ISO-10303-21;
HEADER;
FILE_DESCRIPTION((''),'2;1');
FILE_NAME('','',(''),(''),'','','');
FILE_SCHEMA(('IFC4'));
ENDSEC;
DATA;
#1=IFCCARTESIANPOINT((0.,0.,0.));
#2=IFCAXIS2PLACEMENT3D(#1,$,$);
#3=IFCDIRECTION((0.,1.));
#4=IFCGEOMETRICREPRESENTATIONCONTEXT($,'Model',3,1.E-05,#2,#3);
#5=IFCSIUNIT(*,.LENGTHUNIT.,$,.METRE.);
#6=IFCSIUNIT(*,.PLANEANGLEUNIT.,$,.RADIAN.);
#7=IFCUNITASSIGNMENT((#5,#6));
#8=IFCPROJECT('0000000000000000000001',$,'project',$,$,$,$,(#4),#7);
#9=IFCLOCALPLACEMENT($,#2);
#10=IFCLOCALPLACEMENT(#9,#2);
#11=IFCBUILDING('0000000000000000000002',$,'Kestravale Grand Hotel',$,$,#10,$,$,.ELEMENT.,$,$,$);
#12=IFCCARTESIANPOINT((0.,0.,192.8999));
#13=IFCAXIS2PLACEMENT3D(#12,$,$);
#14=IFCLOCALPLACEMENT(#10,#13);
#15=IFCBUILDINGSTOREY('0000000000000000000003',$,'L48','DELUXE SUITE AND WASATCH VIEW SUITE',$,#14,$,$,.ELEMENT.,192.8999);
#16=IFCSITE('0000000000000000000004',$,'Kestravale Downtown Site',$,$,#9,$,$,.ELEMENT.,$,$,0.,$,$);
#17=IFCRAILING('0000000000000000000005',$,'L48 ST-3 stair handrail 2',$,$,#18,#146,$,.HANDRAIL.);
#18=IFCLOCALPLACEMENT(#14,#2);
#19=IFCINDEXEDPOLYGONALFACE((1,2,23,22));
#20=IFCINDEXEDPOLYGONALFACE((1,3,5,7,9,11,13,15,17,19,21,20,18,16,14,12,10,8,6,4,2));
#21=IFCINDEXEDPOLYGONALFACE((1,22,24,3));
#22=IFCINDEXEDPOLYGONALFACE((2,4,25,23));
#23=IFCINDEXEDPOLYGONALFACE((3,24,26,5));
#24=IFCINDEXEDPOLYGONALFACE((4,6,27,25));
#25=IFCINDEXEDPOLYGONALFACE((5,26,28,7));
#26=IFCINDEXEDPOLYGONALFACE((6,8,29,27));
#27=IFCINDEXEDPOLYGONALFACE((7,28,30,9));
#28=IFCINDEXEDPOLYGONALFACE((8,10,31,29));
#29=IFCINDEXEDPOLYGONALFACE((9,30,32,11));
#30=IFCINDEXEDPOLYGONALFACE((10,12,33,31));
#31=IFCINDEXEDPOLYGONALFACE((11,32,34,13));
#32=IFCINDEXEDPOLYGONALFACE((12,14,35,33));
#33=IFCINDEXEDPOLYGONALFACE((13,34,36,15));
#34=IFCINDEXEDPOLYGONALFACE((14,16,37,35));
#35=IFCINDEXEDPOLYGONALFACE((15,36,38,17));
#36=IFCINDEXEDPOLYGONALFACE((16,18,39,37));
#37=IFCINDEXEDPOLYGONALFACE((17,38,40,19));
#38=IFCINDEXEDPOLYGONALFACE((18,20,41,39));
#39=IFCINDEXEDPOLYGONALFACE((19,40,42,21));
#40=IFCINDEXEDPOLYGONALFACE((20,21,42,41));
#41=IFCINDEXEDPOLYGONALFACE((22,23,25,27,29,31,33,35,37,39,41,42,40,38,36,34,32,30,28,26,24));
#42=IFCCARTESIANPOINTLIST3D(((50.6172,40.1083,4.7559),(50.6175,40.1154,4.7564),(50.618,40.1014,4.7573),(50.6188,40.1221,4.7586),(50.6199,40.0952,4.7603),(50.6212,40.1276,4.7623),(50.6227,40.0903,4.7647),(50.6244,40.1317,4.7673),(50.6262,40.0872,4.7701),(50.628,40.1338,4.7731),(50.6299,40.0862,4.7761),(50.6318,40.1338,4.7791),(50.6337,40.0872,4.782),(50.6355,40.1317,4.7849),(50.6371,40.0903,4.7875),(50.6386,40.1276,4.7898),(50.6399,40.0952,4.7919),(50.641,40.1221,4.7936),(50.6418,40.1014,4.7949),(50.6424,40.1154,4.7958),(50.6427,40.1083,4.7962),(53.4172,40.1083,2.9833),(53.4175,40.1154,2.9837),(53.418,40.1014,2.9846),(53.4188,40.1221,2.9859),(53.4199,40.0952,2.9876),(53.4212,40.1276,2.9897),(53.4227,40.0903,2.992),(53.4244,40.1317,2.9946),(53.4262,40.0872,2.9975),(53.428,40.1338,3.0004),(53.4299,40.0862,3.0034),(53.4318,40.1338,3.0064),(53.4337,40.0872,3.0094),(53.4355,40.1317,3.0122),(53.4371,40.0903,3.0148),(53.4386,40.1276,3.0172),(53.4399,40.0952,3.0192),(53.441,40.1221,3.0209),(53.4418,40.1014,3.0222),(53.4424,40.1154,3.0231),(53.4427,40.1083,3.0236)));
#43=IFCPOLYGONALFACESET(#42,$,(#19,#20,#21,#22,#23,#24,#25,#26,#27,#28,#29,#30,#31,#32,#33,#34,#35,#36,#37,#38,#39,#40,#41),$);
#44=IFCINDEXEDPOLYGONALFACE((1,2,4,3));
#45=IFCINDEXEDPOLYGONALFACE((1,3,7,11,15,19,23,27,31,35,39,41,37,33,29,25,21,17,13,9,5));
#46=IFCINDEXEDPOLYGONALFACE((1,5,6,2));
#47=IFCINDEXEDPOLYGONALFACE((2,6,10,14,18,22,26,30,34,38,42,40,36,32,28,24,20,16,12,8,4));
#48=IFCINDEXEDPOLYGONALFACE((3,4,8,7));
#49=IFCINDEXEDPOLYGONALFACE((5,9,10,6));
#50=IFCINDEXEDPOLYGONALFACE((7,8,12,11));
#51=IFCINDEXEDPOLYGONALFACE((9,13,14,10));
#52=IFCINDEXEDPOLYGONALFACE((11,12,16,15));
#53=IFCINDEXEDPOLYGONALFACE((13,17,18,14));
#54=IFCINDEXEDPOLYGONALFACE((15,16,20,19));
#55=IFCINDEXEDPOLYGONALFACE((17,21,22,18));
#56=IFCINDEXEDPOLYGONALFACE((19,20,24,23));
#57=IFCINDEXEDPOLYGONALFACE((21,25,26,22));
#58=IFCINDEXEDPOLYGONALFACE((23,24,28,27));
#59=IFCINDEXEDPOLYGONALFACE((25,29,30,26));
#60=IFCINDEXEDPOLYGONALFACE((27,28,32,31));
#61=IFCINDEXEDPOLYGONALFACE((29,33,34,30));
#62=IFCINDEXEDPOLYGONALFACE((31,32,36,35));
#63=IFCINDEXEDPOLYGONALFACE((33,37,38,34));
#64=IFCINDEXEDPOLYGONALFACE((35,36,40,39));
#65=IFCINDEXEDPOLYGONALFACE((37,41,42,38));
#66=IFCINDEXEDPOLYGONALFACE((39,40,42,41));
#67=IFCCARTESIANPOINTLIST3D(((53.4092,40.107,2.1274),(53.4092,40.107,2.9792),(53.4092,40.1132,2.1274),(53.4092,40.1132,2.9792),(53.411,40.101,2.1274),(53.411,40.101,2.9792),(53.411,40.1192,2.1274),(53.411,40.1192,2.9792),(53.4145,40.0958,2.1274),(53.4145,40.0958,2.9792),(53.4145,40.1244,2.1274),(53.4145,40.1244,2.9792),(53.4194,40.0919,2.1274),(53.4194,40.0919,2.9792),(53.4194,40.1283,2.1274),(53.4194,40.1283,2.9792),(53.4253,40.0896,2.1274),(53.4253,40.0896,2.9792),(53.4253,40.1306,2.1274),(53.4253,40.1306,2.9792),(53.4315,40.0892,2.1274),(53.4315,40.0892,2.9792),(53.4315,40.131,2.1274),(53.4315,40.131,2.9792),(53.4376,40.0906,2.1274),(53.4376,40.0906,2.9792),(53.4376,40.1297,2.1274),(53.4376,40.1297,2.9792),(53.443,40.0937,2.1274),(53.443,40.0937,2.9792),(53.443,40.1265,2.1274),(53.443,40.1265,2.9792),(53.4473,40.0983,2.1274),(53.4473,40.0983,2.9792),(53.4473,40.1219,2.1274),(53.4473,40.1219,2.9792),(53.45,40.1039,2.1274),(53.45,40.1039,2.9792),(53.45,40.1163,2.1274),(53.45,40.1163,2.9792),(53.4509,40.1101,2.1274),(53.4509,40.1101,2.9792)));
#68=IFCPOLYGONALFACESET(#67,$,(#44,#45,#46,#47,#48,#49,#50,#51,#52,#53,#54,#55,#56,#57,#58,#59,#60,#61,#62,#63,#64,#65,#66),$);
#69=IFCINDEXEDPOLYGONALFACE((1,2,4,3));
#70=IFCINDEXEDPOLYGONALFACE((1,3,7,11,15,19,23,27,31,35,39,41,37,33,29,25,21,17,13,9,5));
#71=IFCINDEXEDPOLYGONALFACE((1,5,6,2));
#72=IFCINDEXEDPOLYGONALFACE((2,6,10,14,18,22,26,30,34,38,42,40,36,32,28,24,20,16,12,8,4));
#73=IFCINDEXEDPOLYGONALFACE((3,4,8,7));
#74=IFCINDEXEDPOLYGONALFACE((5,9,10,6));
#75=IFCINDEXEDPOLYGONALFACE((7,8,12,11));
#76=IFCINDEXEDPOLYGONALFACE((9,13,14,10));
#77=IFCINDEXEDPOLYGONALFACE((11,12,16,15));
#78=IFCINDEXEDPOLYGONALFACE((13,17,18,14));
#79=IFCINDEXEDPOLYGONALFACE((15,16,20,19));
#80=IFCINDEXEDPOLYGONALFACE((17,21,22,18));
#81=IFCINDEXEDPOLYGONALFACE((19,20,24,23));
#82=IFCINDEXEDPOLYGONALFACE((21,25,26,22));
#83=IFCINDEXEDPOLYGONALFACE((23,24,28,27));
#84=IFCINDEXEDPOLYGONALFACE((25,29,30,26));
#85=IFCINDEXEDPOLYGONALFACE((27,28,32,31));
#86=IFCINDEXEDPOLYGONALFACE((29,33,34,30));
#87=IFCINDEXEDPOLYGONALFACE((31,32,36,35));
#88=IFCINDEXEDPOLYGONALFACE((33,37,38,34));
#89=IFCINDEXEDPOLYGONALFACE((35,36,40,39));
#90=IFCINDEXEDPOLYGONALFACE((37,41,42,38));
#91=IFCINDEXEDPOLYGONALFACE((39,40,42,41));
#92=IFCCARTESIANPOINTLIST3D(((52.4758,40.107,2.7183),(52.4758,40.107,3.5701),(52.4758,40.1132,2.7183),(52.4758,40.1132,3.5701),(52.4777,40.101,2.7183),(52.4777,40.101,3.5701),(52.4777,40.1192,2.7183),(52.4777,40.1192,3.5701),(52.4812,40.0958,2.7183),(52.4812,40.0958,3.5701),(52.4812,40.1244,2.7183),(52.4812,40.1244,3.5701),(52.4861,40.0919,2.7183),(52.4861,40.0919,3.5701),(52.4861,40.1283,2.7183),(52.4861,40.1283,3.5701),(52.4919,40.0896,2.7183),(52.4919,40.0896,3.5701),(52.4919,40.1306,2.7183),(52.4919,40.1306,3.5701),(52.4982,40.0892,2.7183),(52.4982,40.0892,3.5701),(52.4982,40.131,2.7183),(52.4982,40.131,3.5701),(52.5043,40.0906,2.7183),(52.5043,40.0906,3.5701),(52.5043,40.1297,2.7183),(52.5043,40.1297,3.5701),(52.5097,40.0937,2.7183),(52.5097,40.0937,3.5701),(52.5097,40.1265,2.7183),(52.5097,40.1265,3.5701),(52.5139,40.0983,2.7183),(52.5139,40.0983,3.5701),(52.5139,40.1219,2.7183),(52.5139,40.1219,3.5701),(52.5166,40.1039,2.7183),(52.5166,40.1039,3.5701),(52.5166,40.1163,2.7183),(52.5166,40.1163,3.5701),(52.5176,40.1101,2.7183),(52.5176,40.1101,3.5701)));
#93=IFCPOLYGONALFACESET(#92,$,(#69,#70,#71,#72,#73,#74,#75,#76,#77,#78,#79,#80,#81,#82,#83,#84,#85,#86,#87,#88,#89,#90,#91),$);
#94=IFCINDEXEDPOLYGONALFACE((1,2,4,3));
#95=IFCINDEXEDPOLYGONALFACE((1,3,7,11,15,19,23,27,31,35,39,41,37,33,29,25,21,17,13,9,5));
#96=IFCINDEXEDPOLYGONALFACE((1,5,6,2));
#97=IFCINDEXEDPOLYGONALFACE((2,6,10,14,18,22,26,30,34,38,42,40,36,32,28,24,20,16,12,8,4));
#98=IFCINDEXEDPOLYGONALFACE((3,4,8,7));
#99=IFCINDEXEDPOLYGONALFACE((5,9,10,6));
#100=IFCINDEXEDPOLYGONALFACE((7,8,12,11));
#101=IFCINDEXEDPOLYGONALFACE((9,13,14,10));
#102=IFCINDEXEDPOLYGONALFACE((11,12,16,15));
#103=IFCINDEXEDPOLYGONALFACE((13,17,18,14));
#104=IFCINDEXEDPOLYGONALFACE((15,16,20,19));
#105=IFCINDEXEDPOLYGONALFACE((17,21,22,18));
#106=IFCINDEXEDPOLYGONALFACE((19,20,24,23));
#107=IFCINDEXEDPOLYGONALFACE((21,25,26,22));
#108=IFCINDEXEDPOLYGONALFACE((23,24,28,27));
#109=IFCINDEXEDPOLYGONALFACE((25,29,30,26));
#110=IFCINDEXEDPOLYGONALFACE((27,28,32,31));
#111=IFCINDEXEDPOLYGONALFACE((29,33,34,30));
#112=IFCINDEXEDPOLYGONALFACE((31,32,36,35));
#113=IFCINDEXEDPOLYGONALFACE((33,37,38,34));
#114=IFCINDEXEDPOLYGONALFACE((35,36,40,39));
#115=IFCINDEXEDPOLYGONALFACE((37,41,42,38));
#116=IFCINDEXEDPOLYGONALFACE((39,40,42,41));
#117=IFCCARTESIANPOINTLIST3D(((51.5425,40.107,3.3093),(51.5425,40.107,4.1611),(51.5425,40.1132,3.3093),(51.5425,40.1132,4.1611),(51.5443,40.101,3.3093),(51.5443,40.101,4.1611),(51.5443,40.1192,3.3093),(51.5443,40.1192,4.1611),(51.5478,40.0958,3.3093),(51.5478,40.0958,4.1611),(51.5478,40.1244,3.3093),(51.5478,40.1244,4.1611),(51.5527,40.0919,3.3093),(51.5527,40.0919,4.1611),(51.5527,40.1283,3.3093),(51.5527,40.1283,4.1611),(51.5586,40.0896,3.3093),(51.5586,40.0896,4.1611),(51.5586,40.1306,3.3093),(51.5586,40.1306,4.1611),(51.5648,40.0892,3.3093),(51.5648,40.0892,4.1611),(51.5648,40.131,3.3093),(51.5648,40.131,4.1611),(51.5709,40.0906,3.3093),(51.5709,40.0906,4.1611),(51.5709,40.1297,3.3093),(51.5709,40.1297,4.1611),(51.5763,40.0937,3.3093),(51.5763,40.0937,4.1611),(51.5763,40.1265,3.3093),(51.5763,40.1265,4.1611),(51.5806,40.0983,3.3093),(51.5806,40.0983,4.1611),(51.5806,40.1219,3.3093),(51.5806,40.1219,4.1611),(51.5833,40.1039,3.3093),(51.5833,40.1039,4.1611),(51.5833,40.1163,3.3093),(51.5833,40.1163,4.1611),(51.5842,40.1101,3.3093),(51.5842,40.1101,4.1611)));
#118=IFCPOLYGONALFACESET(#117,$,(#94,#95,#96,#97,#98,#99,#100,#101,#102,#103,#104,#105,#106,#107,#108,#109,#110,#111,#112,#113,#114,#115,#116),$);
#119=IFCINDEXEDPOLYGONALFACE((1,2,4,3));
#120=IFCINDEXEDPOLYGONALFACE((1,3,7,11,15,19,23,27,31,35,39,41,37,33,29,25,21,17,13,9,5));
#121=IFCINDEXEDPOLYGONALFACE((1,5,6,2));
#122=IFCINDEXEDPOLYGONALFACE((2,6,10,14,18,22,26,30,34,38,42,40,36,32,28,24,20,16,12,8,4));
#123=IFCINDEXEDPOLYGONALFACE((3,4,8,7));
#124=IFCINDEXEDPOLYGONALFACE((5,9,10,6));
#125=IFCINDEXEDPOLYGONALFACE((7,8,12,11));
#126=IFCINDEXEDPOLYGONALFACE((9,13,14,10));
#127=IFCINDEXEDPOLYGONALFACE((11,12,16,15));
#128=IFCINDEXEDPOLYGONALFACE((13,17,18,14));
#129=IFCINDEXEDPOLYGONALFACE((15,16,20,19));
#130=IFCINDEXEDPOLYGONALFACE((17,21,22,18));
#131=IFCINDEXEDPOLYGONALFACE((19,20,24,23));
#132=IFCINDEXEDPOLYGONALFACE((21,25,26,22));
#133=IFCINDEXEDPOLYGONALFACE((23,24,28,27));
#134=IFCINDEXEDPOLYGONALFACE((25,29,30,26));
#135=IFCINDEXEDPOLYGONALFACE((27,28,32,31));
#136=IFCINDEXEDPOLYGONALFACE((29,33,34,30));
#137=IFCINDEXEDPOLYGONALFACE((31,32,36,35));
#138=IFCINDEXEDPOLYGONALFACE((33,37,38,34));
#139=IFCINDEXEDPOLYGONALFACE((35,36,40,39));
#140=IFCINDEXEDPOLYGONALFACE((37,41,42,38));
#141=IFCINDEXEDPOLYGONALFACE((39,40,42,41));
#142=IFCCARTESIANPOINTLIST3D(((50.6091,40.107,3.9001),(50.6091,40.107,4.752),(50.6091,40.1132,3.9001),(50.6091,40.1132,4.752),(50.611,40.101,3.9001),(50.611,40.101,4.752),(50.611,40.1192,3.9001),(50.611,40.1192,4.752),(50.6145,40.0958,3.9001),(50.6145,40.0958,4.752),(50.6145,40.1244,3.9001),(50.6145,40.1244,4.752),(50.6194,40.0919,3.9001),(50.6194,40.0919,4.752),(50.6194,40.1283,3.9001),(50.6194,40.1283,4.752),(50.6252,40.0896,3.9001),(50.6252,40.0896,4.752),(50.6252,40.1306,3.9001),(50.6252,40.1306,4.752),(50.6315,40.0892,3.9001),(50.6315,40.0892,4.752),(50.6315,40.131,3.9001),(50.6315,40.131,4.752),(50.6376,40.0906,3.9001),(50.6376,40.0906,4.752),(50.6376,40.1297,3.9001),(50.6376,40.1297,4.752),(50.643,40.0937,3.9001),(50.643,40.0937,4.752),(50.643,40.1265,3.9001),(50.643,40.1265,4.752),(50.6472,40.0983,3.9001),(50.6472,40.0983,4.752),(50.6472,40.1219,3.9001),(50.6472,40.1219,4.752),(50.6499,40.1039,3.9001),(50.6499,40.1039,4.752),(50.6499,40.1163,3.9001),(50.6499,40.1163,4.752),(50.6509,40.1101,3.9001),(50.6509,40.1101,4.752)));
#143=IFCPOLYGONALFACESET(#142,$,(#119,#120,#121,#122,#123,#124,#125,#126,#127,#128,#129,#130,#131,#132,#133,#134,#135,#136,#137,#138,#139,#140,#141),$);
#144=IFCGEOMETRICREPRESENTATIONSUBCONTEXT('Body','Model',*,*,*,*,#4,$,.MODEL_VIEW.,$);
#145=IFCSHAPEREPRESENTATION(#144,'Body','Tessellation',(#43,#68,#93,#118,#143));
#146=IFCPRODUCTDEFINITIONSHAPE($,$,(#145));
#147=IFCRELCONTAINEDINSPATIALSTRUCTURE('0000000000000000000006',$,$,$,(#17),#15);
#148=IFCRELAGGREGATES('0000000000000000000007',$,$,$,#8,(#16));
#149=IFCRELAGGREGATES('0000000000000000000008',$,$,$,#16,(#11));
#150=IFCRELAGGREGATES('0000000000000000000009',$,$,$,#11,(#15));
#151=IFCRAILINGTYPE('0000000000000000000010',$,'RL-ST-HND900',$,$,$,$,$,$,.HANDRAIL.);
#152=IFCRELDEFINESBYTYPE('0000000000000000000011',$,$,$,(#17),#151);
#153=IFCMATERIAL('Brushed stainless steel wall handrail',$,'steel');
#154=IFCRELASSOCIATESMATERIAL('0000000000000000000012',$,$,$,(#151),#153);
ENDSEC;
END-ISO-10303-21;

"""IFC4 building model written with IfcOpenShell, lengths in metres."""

from ifc_helpers import new_model, si_unit, direction, frame, origin, origin_2d, place, context, subcontext, project, spatial, circle, extrude, material, type_object, element, save


model = new_model("IFC4")

# Units and contexts
model_context = context("Model", 3, precision=1e-05, world=origin(), true_north=direction((0.0, 1.0)))
body_context = subcontext(model_context, "Body", "Model", "MODEL_VIEW")
ifc_project = project(units=[si_unit("LENGTHUNIT", "METRE"), si_unit("PLANEANGLEUNIT", "RADIAN")], contexts=[model_context])

# Site, building, storey
site_placement = place(None, origin())
site = spatial("IfcSite", under=ifc_project, at=site_placement, Name="Kestravale Downtown Site", CompositionType="ELEMENT", RefElevation=0.0)
building_placement = place(site_placement, origin())
building = spatial("IfcBuilding", under=site, at=building_placement, Name="Kestravale Grand Hotel", CompositionType="ELEMENT")
storey_placement = place(building_placement, frame((0.0, 0.0, 192.8999)))
storey = spatial("IfcBuildingStorey", under=building, at=storey_placement, Name="L48", Description="DELUXE SUITE AND WASATCH VIEW SUITE", CompositionType="ELEMENT", Elevation=192.8999)

# Railing
ifc_material_1 = material(Name="Brushed stainless steel wall handrail", Category="steel")
railing_type_1 = type_object("IfcRailingType", Name="RL-ST-HND900", PredefinedType="HANDRAIL", material=ifc_material_1)
railing_1_placement = place(storey_placement, frame((53.4299, 40.1101, 2.1274)))
element("IfcRailing", 1, at=railing_1_placement, inside=storey, type_object=railing_type_1, Name="L48 ST-3 stair handrail 2", PredefinedType="HANDRAIL", context=body_context, shape_type="SweptSolid", body=[
    extrude(circle(Radius=0.0239, at=origin_2d()), frame((0.0, 0.0, 0.876), z_axis=(-0.844909, 0.0, 0.53491), x_axis=(0.0, -1.0, 0.0)), (0.0, 0.0, 1.0), 3.314),
    extrude(circle(Radius=0.021, at=origin_2d()), origin(), (0.0, 0.0, 1.0), 0.8518),
    extrude(circle(Radius=0.021, at=origin_2d()), frame((-0.9333, 0.0, 0.5908)), (0.0, 0.0, 1.0), 0.8518),
    extrude(circle(Radius=0.021, at=origin_2d()), frame((-1.8667, 0.0, 1.1819)), (0.0, 0.0, 1.0), 0.8518),
    extrude(circle(Radius=0.021, at=origin_2d()), frame((-2.8, 0.0, 1.7727)), (0.0, 0.0, 1.0), 0.8518),
])

save(model, "model.ifc")
